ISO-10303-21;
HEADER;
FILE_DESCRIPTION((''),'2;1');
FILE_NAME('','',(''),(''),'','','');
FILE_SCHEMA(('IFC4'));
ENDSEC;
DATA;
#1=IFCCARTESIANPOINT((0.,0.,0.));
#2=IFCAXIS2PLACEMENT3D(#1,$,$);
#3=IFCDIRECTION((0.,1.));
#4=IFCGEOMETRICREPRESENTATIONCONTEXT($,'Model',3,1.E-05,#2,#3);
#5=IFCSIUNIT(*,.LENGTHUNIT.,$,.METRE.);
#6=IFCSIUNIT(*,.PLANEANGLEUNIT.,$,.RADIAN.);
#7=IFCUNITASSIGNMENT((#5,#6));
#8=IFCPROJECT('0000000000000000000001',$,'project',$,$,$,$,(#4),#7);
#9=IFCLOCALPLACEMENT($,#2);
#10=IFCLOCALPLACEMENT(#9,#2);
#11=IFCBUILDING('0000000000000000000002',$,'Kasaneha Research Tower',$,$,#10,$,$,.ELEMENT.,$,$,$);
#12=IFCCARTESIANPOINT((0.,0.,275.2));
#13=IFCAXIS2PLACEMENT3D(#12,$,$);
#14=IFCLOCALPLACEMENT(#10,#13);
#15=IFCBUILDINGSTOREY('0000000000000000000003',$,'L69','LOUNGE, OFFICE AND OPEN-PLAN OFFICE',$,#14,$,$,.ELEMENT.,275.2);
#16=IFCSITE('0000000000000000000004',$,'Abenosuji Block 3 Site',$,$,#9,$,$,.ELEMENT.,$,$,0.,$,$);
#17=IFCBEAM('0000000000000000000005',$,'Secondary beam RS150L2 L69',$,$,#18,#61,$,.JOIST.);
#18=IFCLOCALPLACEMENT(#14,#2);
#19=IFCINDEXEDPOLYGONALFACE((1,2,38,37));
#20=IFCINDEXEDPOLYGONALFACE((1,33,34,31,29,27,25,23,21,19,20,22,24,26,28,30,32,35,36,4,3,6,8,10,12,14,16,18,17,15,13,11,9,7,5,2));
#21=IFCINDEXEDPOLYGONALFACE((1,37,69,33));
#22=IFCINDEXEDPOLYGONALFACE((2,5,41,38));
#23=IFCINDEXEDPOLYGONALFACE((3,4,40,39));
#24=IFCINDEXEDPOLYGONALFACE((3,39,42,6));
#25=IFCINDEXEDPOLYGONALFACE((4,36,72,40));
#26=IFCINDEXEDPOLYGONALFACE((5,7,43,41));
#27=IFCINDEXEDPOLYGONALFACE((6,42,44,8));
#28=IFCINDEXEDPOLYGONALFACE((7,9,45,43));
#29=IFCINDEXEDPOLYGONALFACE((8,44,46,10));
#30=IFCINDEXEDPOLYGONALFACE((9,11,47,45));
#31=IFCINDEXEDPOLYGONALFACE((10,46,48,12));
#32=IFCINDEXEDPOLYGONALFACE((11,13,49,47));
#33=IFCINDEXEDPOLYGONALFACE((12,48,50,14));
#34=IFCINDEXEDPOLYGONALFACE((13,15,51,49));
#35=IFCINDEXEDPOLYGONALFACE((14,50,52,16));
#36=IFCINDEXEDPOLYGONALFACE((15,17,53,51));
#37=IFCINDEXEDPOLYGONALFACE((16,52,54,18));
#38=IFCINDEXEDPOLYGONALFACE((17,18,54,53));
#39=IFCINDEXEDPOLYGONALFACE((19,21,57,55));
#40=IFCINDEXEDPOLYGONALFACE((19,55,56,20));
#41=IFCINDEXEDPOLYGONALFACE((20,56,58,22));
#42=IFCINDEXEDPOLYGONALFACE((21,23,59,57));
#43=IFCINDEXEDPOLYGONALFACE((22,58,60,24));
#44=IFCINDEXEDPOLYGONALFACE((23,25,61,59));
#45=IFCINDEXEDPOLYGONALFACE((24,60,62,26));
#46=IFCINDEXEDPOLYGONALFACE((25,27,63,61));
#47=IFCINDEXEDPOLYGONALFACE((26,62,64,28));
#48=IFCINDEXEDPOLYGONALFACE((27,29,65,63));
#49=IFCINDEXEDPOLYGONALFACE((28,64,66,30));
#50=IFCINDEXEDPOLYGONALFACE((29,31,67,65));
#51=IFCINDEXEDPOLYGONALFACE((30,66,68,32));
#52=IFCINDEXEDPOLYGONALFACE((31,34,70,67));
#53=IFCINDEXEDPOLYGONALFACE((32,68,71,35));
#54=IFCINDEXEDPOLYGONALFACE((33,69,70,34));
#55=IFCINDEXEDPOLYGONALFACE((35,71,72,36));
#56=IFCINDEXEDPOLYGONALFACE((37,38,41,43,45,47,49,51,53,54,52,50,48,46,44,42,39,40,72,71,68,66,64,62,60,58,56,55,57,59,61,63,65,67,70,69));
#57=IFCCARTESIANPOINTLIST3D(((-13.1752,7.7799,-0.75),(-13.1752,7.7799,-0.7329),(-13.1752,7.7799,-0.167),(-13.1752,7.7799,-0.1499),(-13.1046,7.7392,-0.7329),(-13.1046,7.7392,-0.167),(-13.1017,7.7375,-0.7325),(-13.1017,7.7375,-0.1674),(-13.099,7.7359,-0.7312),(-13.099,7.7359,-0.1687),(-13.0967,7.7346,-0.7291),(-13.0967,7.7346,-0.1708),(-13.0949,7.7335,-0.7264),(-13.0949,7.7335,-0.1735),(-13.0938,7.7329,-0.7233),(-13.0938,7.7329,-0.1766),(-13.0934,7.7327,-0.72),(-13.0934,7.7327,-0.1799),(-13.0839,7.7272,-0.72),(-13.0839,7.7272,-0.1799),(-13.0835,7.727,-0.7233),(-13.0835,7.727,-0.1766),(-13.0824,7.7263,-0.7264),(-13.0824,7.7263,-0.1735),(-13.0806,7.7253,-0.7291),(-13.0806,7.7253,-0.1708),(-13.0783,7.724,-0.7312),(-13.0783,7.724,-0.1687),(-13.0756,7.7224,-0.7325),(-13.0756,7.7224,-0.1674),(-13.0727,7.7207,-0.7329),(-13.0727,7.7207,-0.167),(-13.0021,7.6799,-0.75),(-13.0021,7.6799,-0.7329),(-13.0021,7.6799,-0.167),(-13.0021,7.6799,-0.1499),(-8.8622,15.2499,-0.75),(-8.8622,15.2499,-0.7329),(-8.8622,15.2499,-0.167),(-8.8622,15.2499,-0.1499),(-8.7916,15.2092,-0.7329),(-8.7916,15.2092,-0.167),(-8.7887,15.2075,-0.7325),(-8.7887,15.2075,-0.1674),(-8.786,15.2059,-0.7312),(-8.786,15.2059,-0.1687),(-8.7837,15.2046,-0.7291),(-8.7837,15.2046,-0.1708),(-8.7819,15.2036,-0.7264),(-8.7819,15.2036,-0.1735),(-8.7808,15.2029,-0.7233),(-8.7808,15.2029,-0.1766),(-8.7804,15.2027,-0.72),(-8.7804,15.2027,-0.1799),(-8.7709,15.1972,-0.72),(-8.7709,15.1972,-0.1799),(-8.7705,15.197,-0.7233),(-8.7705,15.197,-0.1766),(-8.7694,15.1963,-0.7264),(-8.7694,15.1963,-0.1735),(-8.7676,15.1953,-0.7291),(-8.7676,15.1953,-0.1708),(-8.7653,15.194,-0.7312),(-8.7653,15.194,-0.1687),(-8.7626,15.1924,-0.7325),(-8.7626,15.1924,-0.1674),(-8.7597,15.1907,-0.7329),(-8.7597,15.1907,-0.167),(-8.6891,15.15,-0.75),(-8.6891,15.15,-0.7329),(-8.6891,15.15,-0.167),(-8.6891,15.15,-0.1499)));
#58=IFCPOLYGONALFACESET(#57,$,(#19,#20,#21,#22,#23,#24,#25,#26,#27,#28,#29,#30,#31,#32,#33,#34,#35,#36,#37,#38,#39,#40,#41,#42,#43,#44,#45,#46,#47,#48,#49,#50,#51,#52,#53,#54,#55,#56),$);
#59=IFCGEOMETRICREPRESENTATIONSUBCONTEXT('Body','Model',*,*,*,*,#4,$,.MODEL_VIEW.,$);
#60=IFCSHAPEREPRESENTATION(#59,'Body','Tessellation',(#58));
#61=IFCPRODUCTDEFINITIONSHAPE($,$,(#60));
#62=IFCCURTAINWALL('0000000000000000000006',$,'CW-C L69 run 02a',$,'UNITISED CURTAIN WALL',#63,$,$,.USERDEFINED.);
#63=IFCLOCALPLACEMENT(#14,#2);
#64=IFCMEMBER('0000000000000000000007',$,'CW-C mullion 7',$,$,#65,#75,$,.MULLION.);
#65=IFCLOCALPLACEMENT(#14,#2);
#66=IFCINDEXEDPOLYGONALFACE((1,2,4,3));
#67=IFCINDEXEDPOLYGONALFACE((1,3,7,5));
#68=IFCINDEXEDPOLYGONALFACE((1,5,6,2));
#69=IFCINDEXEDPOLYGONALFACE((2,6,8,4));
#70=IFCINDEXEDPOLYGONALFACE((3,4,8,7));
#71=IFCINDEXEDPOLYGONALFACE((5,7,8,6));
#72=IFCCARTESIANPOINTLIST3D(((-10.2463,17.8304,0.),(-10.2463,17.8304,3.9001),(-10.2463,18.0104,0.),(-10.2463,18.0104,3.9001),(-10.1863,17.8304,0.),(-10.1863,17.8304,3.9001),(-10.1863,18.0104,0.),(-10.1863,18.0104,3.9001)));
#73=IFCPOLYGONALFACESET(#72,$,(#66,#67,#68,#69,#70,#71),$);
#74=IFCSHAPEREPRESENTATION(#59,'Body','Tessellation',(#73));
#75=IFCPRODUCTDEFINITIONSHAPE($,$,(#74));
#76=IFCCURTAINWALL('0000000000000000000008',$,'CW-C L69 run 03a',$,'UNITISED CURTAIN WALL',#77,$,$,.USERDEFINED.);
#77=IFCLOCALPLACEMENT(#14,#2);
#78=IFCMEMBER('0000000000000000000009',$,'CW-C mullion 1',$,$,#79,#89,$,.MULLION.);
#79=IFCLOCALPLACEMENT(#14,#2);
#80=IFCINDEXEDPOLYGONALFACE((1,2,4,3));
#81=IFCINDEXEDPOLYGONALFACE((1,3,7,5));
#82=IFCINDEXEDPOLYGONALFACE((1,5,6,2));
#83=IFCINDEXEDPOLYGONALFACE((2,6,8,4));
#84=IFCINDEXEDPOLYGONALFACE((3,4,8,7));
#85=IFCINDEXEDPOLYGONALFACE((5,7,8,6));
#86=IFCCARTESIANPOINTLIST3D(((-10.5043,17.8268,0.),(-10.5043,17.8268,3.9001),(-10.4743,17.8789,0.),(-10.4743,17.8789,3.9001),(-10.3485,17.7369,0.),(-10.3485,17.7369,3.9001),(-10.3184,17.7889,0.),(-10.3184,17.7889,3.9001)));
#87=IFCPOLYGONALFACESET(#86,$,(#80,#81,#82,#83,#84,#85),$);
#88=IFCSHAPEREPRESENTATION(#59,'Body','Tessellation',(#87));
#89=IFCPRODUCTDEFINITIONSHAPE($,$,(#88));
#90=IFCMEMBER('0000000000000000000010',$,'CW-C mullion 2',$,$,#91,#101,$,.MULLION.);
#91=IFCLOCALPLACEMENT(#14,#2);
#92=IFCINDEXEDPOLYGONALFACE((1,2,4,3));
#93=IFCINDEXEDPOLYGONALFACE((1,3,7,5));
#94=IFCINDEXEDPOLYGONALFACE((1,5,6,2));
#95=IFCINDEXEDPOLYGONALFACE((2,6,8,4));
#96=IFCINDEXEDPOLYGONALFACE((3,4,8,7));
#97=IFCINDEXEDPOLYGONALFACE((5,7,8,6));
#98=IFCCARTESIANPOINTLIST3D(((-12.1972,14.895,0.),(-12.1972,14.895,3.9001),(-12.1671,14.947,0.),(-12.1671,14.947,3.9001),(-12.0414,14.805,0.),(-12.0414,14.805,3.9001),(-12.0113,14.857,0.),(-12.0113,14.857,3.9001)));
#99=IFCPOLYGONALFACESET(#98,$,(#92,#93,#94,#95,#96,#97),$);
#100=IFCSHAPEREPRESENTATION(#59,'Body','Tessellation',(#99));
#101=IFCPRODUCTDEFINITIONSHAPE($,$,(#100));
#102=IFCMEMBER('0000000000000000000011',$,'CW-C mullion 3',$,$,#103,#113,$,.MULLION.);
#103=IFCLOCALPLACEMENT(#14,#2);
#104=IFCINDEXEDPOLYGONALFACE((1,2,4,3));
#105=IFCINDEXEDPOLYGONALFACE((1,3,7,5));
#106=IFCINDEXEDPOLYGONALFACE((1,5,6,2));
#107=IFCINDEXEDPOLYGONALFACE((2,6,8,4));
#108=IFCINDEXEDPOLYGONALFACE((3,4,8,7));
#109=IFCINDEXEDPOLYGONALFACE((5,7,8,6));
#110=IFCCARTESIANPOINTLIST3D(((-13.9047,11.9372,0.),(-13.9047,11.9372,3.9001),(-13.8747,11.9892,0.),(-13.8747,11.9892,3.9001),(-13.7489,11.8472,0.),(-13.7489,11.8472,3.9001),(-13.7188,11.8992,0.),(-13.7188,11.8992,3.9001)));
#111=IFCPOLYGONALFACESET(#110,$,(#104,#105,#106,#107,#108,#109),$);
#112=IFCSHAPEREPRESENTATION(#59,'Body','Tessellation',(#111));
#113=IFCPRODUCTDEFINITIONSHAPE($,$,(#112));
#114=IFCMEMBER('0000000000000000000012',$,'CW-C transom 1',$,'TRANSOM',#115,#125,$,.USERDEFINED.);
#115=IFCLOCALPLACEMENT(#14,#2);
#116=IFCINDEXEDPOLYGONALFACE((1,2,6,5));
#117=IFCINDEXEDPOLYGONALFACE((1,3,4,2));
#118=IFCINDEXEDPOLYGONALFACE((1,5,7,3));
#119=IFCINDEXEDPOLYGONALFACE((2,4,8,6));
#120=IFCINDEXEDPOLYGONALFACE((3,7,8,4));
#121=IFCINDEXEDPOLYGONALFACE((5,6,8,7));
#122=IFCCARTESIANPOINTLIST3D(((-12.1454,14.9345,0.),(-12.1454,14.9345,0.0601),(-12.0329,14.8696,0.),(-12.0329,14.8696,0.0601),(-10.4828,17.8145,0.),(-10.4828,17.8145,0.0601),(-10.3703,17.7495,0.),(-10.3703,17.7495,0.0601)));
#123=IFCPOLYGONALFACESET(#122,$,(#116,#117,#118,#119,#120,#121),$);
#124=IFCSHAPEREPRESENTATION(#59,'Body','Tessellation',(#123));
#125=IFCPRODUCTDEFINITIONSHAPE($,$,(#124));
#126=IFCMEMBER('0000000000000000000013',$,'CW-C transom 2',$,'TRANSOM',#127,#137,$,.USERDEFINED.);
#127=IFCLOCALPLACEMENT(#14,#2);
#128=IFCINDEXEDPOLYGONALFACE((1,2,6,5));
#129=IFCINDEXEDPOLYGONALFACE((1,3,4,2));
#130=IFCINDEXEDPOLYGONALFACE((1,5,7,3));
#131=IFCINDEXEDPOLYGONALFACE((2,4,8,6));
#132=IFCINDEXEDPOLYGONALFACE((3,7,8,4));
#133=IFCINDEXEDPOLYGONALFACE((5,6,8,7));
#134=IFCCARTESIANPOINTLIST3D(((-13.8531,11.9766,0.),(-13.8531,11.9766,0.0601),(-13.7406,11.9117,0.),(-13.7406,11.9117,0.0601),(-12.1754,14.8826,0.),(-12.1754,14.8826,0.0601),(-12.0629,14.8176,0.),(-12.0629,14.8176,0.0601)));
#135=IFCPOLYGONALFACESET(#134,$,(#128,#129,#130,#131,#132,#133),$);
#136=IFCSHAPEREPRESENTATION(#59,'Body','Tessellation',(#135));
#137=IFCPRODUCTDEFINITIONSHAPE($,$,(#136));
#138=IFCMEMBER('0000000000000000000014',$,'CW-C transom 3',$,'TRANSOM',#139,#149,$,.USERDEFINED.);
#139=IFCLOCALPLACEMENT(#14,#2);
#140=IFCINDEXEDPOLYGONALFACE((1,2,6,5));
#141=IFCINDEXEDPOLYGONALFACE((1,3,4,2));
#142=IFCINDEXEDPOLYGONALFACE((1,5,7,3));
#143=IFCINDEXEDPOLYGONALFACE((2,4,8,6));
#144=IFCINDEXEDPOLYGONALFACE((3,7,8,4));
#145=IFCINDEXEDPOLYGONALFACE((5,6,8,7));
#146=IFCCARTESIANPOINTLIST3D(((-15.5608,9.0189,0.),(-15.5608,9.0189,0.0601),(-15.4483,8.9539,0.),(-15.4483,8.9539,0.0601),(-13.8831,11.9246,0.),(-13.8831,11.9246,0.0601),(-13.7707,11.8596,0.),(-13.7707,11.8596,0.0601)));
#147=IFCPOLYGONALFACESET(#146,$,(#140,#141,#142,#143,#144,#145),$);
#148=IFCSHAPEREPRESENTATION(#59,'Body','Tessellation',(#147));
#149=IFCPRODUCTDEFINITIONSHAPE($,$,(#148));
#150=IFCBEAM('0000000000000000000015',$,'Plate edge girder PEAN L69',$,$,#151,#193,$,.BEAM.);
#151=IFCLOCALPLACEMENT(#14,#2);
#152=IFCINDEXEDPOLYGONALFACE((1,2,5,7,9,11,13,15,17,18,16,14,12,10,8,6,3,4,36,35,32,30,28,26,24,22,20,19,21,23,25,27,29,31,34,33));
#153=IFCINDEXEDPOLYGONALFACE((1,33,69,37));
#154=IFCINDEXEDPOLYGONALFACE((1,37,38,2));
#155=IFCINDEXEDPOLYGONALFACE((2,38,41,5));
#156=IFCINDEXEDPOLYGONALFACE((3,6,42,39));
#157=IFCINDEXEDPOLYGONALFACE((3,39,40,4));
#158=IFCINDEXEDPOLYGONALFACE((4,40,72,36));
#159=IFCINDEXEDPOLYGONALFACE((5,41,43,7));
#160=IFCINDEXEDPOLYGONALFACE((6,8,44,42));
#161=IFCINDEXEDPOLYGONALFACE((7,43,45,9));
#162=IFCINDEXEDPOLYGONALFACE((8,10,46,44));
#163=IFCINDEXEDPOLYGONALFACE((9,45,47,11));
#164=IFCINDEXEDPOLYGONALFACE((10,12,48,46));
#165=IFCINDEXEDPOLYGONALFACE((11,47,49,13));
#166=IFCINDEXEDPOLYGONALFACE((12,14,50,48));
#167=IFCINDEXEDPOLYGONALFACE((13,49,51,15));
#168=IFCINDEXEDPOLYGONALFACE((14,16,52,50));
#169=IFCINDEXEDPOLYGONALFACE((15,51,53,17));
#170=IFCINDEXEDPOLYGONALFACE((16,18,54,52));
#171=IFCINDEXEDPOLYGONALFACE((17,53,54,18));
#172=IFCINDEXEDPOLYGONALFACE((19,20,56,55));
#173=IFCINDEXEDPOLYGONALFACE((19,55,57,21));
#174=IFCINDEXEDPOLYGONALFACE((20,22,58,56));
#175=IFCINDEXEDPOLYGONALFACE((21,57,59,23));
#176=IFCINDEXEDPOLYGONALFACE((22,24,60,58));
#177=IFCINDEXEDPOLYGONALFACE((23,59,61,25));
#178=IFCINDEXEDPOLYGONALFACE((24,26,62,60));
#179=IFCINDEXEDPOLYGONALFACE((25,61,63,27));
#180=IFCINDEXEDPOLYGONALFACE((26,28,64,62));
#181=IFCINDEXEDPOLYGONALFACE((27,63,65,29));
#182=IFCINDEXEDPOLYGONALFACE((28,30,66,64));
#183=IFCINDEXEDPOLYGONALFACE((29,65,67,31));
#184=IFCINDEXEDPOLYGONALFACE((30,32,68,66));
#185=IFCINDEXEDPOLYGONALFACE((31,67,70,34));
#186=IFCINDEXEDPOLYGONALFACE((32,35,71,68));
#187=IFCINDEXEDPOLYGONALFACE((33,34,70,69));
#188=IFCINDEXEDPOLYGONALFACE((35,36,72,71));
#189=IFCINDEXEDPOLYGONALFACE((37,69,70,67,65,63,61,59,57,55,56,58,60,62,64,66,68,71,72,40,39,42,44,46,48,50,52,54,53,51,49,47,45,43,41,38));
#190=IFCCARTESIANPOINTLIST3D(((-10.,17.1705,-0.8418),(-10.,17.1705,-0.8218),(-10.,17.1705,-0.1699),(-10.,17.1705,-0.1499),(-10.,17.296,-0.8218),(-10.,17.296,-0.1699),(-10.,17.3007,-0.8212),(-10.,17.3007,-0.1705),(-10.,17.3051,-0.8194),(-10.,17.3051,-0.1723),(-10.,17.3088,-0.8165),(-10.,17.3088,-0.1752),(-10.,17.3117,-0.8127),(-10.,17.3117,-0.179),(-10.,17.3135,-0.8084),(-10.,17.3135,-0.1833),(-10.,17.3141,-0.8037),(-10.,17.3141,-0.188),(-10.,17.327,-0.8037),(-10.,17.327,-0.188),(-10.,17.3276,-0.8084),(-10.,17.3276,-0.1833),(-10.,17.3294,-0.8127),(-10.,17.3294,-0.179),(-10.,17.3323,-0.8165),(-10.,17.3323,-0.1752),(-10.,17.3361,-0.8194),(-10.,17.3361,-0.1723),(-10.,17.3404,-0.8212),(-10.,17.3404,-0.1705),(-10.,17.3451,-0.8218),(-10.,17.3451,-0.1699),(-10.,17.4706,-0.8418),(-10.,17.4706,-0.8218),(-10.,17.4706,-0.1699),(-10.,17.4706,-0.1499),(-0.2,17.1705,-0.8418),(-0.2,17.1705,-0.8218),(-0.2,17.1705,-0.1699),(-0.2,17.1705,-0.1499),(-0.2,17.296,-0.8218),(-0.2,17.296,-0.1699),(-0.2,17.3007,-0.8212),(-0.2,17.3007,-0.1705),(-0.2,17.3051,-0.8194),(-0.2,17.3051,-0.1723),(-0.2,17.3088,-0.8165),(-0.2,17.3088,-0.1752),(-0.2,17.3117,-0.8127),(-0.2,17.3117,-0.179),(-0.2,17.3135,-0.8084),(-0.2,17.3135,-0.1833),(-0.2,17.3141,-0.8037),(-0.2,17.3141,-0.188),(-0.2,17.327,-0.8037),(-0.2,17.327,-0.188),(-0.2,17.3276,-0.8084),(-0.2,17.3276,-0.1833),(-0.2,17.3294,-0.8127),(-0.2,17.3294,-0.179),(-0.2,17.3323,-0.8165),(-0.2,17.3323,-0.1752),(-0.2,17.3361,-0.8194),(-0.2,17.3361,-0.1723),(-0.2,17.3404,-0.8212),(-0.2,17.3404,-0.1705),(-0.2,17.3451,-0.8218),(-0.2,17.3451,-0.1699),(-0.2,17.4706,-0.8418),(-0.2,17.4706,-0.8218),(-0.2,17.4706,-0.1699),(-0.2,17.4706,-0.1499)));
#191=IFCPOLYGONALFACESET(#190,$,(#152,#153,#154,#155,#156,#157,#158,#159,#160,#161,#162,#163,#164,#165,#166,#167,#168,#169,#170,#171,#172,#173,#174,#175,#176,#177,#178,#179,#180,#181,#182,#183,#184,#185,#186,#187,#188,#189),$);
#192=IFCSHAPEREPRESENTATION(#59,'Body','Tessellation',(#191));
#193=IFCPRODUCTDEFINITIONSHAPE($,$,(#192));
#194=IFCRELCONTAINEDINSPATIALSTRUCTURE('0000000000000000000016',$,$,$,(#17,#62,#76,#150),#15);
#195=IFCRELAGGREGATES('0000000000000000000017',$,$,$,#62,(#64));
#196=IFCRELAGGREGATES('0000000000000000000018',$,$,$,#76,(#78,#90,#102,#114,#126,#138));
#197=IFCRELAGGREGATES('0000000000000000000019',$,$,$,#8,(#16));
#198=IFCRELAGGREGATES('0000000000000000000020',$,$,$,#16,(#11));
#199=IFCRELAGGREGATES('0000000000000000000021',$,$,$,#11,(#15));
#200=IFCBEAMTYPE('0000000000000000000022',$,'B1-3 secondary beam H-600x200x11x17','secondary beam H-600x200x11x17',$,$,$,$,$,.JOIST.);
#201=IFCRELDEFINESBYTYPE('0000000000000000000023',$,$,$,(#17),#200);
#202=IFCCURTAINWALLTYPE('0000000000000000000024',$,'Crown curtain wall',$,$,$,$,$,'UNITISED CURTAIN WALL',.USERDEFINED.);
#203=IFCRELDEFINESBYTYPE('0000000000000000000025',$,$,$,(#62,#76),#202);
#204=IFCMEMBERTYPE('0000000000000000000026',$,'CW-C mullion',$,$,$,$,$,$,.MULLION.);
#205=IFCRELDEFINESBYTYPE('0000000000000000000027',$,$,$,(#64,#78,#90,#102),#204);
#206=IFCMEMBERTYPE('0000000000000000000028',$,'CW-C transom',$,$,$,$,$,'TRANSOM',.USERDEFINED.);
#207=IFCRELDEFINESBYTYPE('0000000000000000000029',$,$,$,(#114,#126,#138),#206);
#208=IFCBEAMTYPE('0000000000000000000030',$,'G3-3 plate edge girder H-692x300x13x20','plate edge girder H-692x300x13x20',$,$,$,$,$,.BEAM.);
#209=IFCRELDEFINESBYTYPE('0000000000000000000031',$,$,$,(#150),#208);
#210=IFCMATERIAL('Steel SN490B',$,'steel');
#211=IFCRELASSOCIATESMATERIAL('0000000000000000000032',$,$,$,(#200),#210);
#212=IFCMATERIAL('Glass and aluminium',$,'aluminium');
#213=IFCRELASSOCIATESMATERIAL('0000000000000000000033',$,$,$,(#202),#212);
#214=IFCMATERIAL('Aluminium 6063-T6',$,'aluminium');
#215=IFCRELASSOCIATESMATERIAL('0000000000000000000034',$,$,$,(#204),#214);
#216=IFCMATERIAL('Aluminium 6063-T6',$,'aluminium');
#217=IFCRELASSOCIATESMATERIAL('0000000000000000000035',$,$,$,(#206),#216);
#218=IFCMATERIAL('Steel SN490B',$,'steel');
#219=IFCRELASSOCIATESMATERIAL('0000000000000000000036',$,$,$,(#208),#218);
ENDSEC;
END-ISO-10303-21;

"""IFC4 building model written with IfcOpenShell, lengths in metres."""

from ifc_helpers import new_model, si_unit, direction, frame, origin, origin_2d, place, context, subcontext, project, spatial, rectangle, i_section, extrude, material, material_profile, profile_set, type_object, element, aggregate, save


model = new_model("IFC4")

# Units and contexts
model_context = context("Model", 3, precision=1e-05, world=origin(), true_north=direction((0.0, 1.0)))
body_context = subcontext(model_context, "Body", "Model", "MODEL_VIEW")
ifc_project = project(units=[si_unit("LENGTHUNIT", "METRE"), si_unit("PLANEANGLEUNIT", "RADIAN")], contexts=[model_context])

# Site, building, storey
site_placement = place(None, origin())
site = spatial("IfcSite", under=ifc_project, at=site_placement, Name="Abenosuji Block 3 Site", CompositionType="ELEMENT", RefElevation=0.0)
building_placement = place(site_placement, origin())
building = spatial("IfcBuilding", under=site, at=building_placement, Name="Kasaneha Research Tower", CompositionType="ELEMENT")
storey_placement = place(building_placement, frame((0.0, 0.0, 275.2)))
storey = spatial("IfcBuildingStorey", under=building, at=storey_placement, Name="L69", Description="LOUNGE, OFFICE AND OPEN-PLAN OFFICE", CompositionType="ELEMENT", Elevation=275.2)

# Beam
ifc_material_1 = material(Name="Steel SN490B", Category="steel")
ifc_material_profile_1 = material_profile(ifc_material_1, i_section(OverallWidth=0.2, OverallDepth=0.6001, WebThickness=0.011, FlangeThickness=0.0171, FilletRadius=0.0129, at=origin_2d()), Name="H-600x200x11x17")
ifc_profile_set_1 = profile_set([ifc_material_profile_1], Name="Steel SN490B")
beam_type_1 = type_object("IfcBeamType", Name="B1-3 secondary beam H-600x200x11x17", Description="secondary beam H-600x200x11x17", PredefinedType="JOIST", material=ifc_profile_set_1)
beam_1_placement = place(storey_placement, frame((-8.7756, 15.2, -0.45), z_axis=(-0.500017, -0.866015, 0.0), x_axis=(0.866015, -0.500017, 0.0)))
element("IfcBeam", 1, at=beam_1_placement, inside=storey, type_object=beam_type_1, Name="Secondary beam RS150L2 L69", PredefinedType="JOIST", context=body_context, shape_type="SweptSolid", body=[
    extrude(i_section(OverallWidth=0.2, OverallDepth=0.6001, WebThickness=0.011, FlangeThickness=0.0171, FilletRadius=0.0129, at=origin_2d()), origin(), (0.0, 0.0, 1.0), 8.6257),
])

# Curtain wall, member
ifc_material_2 = material(Name="Glass and aluminium", Category="aluminium")
curtain_wall_type = type_object("IfcCurtainWallType", Name="Crown curtain wall", ElementType="UNITISED CURTAIN WALL", PredefinedType="USERDEFINED", material=ifc_material_2)
curtain_wall_1_placement = place(storey_placement, origin())
curtain_wall_1 = element("IfcCurtainWall", 2, at=curtain_wall_1_placement, inside=storey, type_object=curtain_wall_type, Name="CW-C L69 run 02a", ObjectType="UNITISED CURTAIN WALL", PredefinedType="USERDEFINED")
ifc_material_3 = material(Name="Aluminium 6063-T6", Category="aluminium")
ifc_material_profile_2 = material_profile(ifc_material_3, rectangle(XDim=0.0601, YDim=0.1799, at=origin_2d()), Name="CW-C mullion 60x180")
ifc_profile_set_2 = profile_set([ifc_material_profile_2], Name="Aluminium 6063-T6")
member_type_1 = type_object("IfcMemberType", Name="CW-C mullion", PredefinedType="MULLION", material=ifc_profile_set_2)
member_1_placement = place(storey_placement, frame((-10.2163, 17.9204, 0.0), z_axis=(0.0, 0.0, 1.0), x_axis=(-1.0, 0.0, 0.0)))
member_1 = element("IfcMember", 3, at=member_1_placement, type_object=member_type_1, Name="CW-C mullion 7", PredefinedType="MULLION", context=body_context, shape_type="SweptSolid", body=[
    extrude(rectangle(XDim=0.0601, YDim=0.1799, at=origin_2d()), origin(), (0.0, 0.0, 1.0), 3.9001),
])

# Curtain wall, members
curtain_wall_2_placement = place(storey_placement, origin())
curtain_wall_2 = element("IfcCurtainWall", 4, at=curtain_wall_2_placement, inside=storey, type_object=curtain_wall_type, Name="CW-C L69 run 03a", ObjectType="UNITISED CURTAIN WALL", PredefinedType="USERDEFINED")
member_2_placement = place(storey_placement, frame((-10.4114, 17.8079, 0.0), z_axis=(0.0, 0.0, 1.0), x_axis=(-0.5, -0.866025, 0.0)))
member_2 = element("IfcMember", 5, at=member_2_placement, type_object=member_type_1, Name="CW-C mullion 1", PredefinedType="MULLION", context=body_context, shape_type="SweptSolid", body=[
    extrude(rectangle(XDim=0.0601, YDim=0.1799, at=origin_2d()), origin(), (0.0, 0.0, 1.0), 3.9001),
])
member_3_placement = place(storey_placement, frame((-12.1042, 14.876, 0.0), z_axis=(0.0, 0.0, 1.0), x_axis=(-0.5, -0.866025, 0.0)))
member_3 = element("IfcMember", 6, at=member_3_placement, type_object=member_type_1, Name="CW-C mullion 2", PredefinedType="MULLION", context=body_context, shape_type="SweptSolid", body=[
    extrude(rectangle(XDim=0.0601, YDim=0.1799, at=origin_2d()), origin(), (0.0, 0.0, 1.0), 3.9001),
])
member_4_placement = place(storey_placement, frame((-13.8118, 11.9182, 0.0), z_axis=(0.0, 0.0, 1.0), x_axis=(-0.5, -0.866025, 0.0)))
member_4 = element("IfcMember", 7, at=member_4_placement, type_object=member_type_1, Name="CW-C mullion 3", PredefinedType="MULLION", context=body_context, shape_type="SweptSolid", body=[
    extrude(rectangle(XDim=0.0601, YDim=0.1799, at=origin_2d()), origin(), (0.0, 0.0, 1.0), 3.9001),
])
ifc_material_4 = material(Name="Aluminium 6063-T6", Category="aluminium")
ifc_material_profile_3 = material_profile(ifc_material_4, rectangle(XDim=0.1299, YDim=0.0601, at=origin_2d()), Name="CW-C transom 130x60")
ifc_profile_set_3 = profile_set([ifc_material_profile_3], Name="Aluminium 6063-T6")
member_type_2 = type_object("IfcMemberType", Name="CW-C transom", ElementType="TRANSOM", PredefinedType="USERDEFINED", material=ifc_profile_set_3)
member_5_placement = place(storey_placement, frame((-10.4265, 17.782, 0.03), z_axis=(-0.499977, -0.866039, 0.0), x_axis=(0.866039, -0.499977, 0.0)))
member_5 = element("IfcMember", 8, at=member_5_placement, type_object=member_type_2, Name="CW-C transom 1", ObjectType="TRANSOM", PredefinedType="USERDEFINED", context=body_context, shape_type="SweptSolid", body=[
    extrude(rectangle(XDim=0.1299, YDim=0.0601, at=origin_2d()), origin(), (0.0, 0.0, 1.0), 3.3254),
])
member_6_placement = place(storey_placement, frame((-12.1191, 14.8501, 0.03), z_axis=(-0.499989, -0.866032, 0.0), x_axis=(0.866032, -0.499989, 0.0)))
member_6 = element("IfcMember", 9, at=member_6_placement, type_object=member_type_2, Name="CW-C transom 2", ObjectType="TRANSOM", PredefinedType="USERDEFINED", context=body_context, shape_type="SweptSolid", body=[
    extrude(rectangle(XDim=0.1299, YDim=0.0601, at=origin_2d()), origin(), (0.0, 0.0, 1.0), 3.3555),
])
member_7_placement = place(storey_placement, frame((-13.8269, 11.8921, 0.03), z_axis=(-0.500021, -0.866014, 0.0), x_axis=(0.866014, -0.500021, 0.0)))
member_7 = element("IfcMember", 10, at=member_7_placement, type_object=member_type_2, Name="CW-C transom 3", ObjectType="TRANSOM", PredefinedType="USERDEFINED", context=body_context, shape_type="SweptSolid", body=[
    extrude(rectangle(XDim=0.1299, YDim=0.0601, at=origin_2d()), origin(), (0.0, 0.0, 1.0), 3.3552),
])

# Beam
ifc_material_5 = material(Name="Steel SN490B", Category="steel")
ifc_material_profile_4 = material_profile(ifc_material_5, i_section(OverallWidth=0.3, OverallDepth=0.6919, WebThickness=0.0129, FlangeThickness=0.02, FilletRadius=0.0181, at=origin_2d()), Name="H-692x300x13x20")
ifc_profile_set_4 = profile_set([ifc_material_profile_4], Name="Steel SN490B")
beam_type_2 = type_object("IfcBeamType", Name="G3-3 plate edge girder H-692x300x13x20", Description="plate edge girder H-692x300x13x20", PredefinedType="BEAM", material=ifc_profile_set_4)
beam_2_placement = place(storey_placement, frame((-10.0, 17.3206, -0.4958), z_axis=(1.0, 0.0, 0.0), x_axis=(0.0, 1.0, 0.0)))
element("IfcBeam", 11, at=beam_2_placement, inside=storey, type_object=beam_type_2, Name="Plate edge girder PEAN L69", PredefinedType="BEAM", context=body_context, shape_type="SweptSolid", body=[
    extrude(i_section(OverallWidth=0.3, OverallDepth=0.6919, WebThickness=0.0129, FlangeThickness=0.02, FilletRadius=0.0181, at=origin_2d()), origin(), (0.0, 0.0, 1.0), 9.8),
])

aggregate(curtain_wall_1, [member_1])
aggregate(curtain_wall_2, [member_2, member_3, member_4, member_5, member_6, member_7])

save(model, "model.ifc")
